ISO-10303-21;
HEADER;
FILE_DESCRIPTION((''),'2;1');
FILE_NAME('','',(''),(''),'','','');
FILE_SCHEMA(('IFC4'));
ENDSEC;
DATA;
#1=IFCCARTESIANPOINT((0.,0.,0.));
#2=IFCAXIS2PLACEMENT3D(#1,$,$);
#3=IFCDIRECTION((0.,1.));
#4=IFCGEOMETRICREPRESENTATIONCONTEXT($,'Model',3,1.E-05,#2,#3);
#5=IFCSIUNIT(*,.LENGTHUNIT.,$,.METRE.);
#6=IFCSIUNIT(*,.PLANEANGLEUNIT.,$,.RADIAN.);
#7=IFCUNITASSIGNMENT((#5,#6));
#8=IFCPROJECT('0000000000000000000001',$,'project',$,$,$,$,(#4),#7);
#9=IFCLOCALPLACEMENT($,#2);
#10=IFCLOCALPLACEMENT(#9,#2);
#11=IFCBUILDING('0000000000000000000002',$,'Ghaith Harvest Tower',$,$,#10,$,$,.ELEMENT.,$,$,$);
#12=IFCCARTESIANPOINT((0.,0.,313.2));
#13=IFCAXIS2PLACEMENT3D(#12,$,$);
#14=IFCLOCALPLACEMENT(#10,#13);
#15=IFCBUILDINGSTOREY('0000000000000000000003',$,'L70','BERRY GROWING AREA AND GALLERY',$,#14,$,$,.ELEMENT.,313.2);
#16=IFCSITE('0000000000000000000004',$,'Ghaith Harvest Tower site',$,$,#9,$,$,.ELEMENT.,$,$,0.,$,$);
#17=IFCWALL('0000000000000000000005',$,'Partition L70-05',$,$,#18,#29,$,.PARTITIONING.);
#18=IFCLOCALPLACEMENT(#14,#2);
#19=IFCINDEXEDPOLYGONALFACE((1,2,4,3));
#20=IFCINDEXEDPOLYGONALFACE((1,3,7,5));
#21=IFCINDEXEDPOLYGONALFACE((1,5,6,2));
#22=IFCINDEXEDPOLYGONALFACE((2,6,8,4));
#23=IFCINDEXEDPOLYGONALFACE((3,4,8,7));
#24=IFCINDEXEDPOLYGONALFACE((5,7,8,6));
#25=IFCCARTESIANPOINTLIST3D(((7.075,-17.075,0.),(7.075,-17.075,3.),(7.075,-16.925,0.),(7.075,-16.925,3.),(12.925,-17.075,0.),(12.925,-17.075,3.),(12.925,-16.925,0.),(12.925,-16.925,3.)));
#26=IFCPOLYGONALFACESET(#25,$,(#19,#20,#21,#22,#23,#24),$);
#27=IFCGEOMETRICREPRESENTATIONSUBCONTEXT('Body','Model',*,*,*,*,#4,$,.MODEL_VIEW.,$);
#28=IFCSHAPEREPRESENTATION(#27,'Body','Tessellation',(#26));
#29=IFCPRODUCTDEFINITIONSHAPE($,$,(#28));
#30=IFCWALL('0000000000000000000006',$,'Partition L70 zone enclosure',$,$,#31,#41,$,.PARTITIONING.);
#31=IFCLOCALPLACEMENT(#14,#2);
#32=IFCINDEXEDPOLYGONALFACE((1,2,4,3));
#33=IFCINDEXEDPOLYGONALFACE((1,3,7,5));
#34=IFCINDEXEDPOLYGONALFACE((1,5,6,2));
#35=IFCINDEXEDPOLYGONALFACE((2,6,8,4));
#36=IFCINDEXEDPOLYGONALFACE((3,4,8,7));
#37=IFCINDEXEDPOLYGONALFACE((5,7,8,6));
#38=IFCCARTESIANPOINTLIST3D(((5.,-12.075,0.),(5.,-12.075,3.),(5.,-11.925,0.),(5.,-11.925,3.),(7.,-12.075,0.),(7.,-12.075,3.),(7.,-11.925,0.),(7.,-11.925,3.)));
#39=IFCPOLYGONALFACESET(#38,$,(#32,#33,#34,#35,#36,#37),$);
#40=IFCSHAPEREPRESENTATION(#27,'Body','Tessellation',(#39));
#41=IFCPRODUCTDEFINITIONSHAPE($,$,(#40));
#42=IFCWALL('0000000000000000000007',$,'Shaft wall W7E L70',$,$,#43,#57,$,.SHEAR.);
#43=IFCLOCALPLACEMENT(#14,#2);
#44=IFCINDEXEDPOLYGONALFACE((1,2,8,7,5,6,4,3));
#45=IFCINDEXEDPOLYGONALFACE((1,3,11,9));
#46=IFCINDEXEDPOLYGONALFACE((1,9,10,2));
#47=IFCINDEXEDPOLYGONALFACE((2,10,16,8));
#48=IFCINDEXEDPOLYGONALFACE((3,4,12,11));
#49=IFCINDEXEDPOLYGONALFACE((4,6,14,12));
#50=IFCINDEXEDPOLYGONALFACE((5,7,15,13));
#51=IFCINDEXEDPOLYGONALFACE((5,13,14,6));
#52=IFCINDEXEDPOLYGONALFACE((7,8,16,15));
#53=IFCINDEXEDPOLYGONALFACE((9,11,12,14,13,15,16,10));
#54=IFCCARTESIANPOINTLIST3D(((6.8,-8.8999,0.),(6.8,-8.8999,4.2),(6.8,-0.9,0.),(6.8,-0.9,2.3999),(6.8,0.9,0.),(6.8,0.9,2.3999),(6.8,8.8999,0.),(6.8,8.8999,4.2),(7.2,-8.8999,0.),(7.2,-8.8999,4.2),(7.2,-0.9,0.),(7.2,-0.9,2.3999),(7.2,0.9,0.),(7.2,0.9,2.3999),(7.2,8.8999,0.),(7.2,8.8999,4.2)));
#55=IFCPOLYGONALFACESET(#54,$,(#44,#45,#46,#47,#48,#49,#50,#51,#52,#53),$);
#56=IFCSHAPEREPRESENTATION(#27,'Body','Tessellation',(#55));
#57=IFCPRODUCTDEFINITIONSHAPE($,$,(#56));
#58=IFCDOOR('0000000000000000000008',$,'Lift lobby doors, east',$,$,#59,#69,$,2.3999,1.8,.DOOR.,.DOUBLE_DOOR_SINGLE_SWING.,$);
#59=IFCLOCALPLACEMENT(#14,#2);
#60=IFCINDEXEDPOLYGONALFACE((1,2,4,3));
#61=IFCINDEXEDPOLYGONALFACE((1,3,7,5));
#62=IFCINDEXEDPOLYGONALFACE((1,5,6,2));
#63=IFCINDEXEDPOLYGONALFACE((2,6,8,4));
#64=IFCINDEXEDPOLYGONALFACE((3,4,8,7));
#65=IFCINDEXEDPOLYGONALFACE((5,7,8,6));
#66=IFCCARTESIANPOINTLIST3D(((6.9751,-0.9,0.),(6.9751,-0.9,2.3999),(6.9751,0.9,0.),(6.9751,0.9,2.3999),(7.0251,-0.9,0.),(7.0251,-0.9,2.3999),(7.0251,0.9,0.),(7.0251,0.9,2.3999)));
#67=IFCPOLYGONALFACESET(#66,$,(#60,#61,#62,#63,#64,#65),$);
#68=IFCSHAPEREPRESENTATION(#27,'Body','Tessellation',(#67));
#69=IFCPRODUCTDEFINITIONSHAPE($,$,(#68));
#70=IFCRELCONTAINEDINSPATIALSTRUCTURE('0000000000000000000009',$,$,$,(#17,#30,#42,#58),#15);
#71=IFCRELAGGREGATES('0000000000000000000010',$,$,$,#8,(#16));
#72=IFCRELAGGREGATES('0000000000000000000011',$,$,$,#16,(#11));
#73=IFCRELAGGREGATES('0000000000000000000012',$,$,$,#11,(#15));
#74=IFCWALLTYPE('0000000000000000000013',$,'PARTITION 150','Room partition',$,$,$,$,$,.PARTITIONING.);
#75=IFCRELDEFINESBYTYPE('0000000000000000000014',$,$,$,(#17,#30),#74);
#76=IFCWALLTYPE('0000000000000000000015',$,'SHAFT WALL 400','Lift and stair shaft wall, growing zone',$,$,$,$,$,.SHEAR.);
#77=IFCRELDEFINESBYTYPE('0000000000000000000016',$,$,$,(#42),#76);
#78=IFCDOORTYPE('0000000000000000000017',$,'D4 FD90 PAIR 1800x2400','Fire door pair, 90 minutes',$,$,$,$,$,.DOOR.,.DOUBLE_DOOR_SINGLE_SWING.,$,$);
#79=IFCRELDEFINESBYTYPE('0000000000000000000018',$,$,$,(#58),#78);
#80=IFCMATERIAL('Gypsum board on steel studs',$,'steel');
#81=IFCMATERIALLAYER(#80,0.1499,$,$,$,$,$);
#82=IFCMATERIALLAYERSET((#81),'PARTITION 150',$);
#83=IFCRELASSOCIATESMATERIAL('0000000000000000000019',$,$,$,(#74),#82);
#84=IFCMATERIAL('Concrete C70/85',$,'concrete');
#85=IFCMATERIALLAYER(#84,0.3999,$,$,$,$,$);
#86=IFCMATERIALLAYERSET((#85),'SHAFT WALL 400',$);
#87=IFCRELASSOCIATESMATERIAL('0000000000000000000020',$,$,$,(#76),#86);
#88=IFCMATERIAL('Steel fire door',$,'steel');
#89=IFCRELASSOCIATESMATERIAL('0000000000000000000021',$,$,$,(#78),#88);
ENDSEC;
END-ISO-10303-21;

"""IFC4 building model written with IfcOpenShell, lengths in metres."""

from ifc_helpers import new_model, si_unit, direction, frame, frame_2d, origin, place, context, subcontext, project, spatial, rectangle, extrude, material, layer, layer_set, type_object, element, fill, save


model = new_model("IFC4")

# Units and contexts
model_context = context("Model", 3, precision=1e-05, world=origin(), true_north=direction((0.0, 1.0)))
body_context = subcontext(model_context, "Body", "Model", "MODEL_VIEW")
ifc_project = project(units=[si_unit("LENGTHUNIT", "METRE"), si_unit("PLANEANGLEUNIT", "RADIAN")], contexts=[model_context])

# Site, building, storey
site_placement = place(None, origin())
site = spatial("IfcSite", under=ifc_project, at=site_placement, Name="Ghaith Harvest Tower site", CompositionType="ELEMENT", RefElevation=0.0)
building_placement = place(site_placement, origin())
building = spatial("IfcBuilding", under=site, at=building_placement, Name="Ghaith Harvest Tower", CompositionType="ELEMENT")
storey_placement = place(building_placement, frame((0.0, 0.0, 313.2)))
storey = spatial("IfcBuildingStorey", under=building, at=storey_placement, Name="L70", Description="BERRY GROWING AREA AND GALLERY", CompositionType="ELEMENT", Elevation=313.2)

# Shared definitions
ifc_material_1 = material(Name="Gypsum board on steel studs", Category="steel")
ifc_layer_1 = layer(ifc_material_1, 0.1499)
ifc_layer_set_1 = layer_set([ifc_layer_1], Name="PARTITION 150")
wall_type_1 = type_object("IfcWallType", Name="PARTITION 150", Description="Room partition", PredefinedType="PARTITIONING", material=ifc_layer_set_1)

# Walls
wall_1_placement = place(storey_placement, frame((7.075, -17.0, 0.0), z_axis=(0.0, 0.0, 1.0), x_axis=(1.0, 0.0, 0.0)))
element("IfcWall", 1, at=wall_1_placement, inside=storey, type_object=wall_type_1, Name="Partition L70-05", PredefinedType="PARTITIONING", context=body_context, shape_type="SweptSolid", body=[
    extrude(rectangle(XDim=5.8501, YDim=0.1499, at=frame_2d((2.925, 0.0))), origin(), (0.0, 0.0, 1.0), 3.0),
])
wall_2_placement = place(storey_placement, frame((5.0, -12.0, 0.0), z_axis=(0.0, 0.0, 1.0), x_axis=(1.0, 0.0, 0.0)))
element("IfcWall", 2, at=wall_2_placement, inside=storey, type_object=wall_type_1, Name="Partition L70 zone enclosure", PredefinedType="PARTITIONING", context=body_context, shape_type="SweptSolid", body=[
    extrude(rectangle(XDim=2.0, YDim=0.1499, at=frame_2d((1.0, 0.0))), origin(), (0.0, 0.0, 1.0), 3.0),
])

# Wall, opening, door
ifc_material_2 = material(Name="Concrete C70/85", Category="concrete")
ifc_layer_2 = layer(ifc_material_2, 0.3999)
ifc_layer_set_2 = layer_set([ifc_layer_2], Name="SHAFT WALL 400")
wall_type_2 = type_object("IfcWallType", Name="SHAFT WALL 400", Description="Lift and stair shaft wall, growing zone", PredefinedType="SHEAR", material=ifc_layer_set_2)
wall_3_placement = place(storey_placement, frame((7.0, -8.8999, 0.0), z_axis=(0.0, 0.0, 1.0), x_axis=(0.0, 1.0, 0.0)))
wall_3 = element("IfcWall", 3, at=wall_3_placement, inside=storey, type_object=wall_type_2, Name="Shaft wall W7E L70", PredefinedType="SHEAR", context=body_context, shape_type="SweptSolid", body=[
    extrude(rectangle(XDim=17.7998, YDim=0.3999, at=frame_2d((8.8999, 0.0))), origin(), (0.0, 0.0, 1.0), 4.2),
])
opening_1_placement = place(wall_3_placement, frame((8.0, 0.0, 0.0)))
opening_1 = element("IfcOpeningElement", 4, at=opening_1_placement, cuts=wall_3, PredefinedType="OPENING", context=body_context, shape_type="SweptSolid", body=[
    extrude(rectangle(XDim=1.8, YDim=2.3999, at=frame_2d((0.8999, 1.2))), frame((0.0, 0.21, 0.0), z_axis=(0.0, -1.0, 0.0), x_axis=(1.0, 0.0, 0.0)), (0.0, 0.0, 1.0), 0.4199),
])
ifc_material_3 = material(Name="Steel fire door", Category="steel")
door_type_1 = type_object("IfcDoorType", Name="D4 FD90 PAIR 1800x2400", Description="Fire door pair, 90 minutes", OperationType="DOUBLE_DOOR_SINGLE_SWING", PredefinedType="DOOR", material=ifc_material_3)
door_1_placement = place(opening_1_placement, origin())
door_1 = element("IfcDoor", 5, at=door_1_placement, inside=storey, type_object=door_type_1, Name="Lift lobby doors, east", OperationType="DOUBLE_DOOR_SINGLE_SWING", OverallHeight=2.3999, OverallWidth=1.8, PredefinedType="DOOR", context=body_context, shape_type="SweptSolid", body=[
    extrude(rectangle(XDim=1.8, YDim=2.3999, at=frame_2d((0.8999, 1.2))), frame((0.0, 0.0249, 0.0), z_axis=(0.0, -1.0, 0.0), x_axis=(1.0, 0.0, 0.0)), (0.0, 0.0, 1.0), 0.05),
])
fill(opening_1, door_1)

save(model, "model.ifc")
